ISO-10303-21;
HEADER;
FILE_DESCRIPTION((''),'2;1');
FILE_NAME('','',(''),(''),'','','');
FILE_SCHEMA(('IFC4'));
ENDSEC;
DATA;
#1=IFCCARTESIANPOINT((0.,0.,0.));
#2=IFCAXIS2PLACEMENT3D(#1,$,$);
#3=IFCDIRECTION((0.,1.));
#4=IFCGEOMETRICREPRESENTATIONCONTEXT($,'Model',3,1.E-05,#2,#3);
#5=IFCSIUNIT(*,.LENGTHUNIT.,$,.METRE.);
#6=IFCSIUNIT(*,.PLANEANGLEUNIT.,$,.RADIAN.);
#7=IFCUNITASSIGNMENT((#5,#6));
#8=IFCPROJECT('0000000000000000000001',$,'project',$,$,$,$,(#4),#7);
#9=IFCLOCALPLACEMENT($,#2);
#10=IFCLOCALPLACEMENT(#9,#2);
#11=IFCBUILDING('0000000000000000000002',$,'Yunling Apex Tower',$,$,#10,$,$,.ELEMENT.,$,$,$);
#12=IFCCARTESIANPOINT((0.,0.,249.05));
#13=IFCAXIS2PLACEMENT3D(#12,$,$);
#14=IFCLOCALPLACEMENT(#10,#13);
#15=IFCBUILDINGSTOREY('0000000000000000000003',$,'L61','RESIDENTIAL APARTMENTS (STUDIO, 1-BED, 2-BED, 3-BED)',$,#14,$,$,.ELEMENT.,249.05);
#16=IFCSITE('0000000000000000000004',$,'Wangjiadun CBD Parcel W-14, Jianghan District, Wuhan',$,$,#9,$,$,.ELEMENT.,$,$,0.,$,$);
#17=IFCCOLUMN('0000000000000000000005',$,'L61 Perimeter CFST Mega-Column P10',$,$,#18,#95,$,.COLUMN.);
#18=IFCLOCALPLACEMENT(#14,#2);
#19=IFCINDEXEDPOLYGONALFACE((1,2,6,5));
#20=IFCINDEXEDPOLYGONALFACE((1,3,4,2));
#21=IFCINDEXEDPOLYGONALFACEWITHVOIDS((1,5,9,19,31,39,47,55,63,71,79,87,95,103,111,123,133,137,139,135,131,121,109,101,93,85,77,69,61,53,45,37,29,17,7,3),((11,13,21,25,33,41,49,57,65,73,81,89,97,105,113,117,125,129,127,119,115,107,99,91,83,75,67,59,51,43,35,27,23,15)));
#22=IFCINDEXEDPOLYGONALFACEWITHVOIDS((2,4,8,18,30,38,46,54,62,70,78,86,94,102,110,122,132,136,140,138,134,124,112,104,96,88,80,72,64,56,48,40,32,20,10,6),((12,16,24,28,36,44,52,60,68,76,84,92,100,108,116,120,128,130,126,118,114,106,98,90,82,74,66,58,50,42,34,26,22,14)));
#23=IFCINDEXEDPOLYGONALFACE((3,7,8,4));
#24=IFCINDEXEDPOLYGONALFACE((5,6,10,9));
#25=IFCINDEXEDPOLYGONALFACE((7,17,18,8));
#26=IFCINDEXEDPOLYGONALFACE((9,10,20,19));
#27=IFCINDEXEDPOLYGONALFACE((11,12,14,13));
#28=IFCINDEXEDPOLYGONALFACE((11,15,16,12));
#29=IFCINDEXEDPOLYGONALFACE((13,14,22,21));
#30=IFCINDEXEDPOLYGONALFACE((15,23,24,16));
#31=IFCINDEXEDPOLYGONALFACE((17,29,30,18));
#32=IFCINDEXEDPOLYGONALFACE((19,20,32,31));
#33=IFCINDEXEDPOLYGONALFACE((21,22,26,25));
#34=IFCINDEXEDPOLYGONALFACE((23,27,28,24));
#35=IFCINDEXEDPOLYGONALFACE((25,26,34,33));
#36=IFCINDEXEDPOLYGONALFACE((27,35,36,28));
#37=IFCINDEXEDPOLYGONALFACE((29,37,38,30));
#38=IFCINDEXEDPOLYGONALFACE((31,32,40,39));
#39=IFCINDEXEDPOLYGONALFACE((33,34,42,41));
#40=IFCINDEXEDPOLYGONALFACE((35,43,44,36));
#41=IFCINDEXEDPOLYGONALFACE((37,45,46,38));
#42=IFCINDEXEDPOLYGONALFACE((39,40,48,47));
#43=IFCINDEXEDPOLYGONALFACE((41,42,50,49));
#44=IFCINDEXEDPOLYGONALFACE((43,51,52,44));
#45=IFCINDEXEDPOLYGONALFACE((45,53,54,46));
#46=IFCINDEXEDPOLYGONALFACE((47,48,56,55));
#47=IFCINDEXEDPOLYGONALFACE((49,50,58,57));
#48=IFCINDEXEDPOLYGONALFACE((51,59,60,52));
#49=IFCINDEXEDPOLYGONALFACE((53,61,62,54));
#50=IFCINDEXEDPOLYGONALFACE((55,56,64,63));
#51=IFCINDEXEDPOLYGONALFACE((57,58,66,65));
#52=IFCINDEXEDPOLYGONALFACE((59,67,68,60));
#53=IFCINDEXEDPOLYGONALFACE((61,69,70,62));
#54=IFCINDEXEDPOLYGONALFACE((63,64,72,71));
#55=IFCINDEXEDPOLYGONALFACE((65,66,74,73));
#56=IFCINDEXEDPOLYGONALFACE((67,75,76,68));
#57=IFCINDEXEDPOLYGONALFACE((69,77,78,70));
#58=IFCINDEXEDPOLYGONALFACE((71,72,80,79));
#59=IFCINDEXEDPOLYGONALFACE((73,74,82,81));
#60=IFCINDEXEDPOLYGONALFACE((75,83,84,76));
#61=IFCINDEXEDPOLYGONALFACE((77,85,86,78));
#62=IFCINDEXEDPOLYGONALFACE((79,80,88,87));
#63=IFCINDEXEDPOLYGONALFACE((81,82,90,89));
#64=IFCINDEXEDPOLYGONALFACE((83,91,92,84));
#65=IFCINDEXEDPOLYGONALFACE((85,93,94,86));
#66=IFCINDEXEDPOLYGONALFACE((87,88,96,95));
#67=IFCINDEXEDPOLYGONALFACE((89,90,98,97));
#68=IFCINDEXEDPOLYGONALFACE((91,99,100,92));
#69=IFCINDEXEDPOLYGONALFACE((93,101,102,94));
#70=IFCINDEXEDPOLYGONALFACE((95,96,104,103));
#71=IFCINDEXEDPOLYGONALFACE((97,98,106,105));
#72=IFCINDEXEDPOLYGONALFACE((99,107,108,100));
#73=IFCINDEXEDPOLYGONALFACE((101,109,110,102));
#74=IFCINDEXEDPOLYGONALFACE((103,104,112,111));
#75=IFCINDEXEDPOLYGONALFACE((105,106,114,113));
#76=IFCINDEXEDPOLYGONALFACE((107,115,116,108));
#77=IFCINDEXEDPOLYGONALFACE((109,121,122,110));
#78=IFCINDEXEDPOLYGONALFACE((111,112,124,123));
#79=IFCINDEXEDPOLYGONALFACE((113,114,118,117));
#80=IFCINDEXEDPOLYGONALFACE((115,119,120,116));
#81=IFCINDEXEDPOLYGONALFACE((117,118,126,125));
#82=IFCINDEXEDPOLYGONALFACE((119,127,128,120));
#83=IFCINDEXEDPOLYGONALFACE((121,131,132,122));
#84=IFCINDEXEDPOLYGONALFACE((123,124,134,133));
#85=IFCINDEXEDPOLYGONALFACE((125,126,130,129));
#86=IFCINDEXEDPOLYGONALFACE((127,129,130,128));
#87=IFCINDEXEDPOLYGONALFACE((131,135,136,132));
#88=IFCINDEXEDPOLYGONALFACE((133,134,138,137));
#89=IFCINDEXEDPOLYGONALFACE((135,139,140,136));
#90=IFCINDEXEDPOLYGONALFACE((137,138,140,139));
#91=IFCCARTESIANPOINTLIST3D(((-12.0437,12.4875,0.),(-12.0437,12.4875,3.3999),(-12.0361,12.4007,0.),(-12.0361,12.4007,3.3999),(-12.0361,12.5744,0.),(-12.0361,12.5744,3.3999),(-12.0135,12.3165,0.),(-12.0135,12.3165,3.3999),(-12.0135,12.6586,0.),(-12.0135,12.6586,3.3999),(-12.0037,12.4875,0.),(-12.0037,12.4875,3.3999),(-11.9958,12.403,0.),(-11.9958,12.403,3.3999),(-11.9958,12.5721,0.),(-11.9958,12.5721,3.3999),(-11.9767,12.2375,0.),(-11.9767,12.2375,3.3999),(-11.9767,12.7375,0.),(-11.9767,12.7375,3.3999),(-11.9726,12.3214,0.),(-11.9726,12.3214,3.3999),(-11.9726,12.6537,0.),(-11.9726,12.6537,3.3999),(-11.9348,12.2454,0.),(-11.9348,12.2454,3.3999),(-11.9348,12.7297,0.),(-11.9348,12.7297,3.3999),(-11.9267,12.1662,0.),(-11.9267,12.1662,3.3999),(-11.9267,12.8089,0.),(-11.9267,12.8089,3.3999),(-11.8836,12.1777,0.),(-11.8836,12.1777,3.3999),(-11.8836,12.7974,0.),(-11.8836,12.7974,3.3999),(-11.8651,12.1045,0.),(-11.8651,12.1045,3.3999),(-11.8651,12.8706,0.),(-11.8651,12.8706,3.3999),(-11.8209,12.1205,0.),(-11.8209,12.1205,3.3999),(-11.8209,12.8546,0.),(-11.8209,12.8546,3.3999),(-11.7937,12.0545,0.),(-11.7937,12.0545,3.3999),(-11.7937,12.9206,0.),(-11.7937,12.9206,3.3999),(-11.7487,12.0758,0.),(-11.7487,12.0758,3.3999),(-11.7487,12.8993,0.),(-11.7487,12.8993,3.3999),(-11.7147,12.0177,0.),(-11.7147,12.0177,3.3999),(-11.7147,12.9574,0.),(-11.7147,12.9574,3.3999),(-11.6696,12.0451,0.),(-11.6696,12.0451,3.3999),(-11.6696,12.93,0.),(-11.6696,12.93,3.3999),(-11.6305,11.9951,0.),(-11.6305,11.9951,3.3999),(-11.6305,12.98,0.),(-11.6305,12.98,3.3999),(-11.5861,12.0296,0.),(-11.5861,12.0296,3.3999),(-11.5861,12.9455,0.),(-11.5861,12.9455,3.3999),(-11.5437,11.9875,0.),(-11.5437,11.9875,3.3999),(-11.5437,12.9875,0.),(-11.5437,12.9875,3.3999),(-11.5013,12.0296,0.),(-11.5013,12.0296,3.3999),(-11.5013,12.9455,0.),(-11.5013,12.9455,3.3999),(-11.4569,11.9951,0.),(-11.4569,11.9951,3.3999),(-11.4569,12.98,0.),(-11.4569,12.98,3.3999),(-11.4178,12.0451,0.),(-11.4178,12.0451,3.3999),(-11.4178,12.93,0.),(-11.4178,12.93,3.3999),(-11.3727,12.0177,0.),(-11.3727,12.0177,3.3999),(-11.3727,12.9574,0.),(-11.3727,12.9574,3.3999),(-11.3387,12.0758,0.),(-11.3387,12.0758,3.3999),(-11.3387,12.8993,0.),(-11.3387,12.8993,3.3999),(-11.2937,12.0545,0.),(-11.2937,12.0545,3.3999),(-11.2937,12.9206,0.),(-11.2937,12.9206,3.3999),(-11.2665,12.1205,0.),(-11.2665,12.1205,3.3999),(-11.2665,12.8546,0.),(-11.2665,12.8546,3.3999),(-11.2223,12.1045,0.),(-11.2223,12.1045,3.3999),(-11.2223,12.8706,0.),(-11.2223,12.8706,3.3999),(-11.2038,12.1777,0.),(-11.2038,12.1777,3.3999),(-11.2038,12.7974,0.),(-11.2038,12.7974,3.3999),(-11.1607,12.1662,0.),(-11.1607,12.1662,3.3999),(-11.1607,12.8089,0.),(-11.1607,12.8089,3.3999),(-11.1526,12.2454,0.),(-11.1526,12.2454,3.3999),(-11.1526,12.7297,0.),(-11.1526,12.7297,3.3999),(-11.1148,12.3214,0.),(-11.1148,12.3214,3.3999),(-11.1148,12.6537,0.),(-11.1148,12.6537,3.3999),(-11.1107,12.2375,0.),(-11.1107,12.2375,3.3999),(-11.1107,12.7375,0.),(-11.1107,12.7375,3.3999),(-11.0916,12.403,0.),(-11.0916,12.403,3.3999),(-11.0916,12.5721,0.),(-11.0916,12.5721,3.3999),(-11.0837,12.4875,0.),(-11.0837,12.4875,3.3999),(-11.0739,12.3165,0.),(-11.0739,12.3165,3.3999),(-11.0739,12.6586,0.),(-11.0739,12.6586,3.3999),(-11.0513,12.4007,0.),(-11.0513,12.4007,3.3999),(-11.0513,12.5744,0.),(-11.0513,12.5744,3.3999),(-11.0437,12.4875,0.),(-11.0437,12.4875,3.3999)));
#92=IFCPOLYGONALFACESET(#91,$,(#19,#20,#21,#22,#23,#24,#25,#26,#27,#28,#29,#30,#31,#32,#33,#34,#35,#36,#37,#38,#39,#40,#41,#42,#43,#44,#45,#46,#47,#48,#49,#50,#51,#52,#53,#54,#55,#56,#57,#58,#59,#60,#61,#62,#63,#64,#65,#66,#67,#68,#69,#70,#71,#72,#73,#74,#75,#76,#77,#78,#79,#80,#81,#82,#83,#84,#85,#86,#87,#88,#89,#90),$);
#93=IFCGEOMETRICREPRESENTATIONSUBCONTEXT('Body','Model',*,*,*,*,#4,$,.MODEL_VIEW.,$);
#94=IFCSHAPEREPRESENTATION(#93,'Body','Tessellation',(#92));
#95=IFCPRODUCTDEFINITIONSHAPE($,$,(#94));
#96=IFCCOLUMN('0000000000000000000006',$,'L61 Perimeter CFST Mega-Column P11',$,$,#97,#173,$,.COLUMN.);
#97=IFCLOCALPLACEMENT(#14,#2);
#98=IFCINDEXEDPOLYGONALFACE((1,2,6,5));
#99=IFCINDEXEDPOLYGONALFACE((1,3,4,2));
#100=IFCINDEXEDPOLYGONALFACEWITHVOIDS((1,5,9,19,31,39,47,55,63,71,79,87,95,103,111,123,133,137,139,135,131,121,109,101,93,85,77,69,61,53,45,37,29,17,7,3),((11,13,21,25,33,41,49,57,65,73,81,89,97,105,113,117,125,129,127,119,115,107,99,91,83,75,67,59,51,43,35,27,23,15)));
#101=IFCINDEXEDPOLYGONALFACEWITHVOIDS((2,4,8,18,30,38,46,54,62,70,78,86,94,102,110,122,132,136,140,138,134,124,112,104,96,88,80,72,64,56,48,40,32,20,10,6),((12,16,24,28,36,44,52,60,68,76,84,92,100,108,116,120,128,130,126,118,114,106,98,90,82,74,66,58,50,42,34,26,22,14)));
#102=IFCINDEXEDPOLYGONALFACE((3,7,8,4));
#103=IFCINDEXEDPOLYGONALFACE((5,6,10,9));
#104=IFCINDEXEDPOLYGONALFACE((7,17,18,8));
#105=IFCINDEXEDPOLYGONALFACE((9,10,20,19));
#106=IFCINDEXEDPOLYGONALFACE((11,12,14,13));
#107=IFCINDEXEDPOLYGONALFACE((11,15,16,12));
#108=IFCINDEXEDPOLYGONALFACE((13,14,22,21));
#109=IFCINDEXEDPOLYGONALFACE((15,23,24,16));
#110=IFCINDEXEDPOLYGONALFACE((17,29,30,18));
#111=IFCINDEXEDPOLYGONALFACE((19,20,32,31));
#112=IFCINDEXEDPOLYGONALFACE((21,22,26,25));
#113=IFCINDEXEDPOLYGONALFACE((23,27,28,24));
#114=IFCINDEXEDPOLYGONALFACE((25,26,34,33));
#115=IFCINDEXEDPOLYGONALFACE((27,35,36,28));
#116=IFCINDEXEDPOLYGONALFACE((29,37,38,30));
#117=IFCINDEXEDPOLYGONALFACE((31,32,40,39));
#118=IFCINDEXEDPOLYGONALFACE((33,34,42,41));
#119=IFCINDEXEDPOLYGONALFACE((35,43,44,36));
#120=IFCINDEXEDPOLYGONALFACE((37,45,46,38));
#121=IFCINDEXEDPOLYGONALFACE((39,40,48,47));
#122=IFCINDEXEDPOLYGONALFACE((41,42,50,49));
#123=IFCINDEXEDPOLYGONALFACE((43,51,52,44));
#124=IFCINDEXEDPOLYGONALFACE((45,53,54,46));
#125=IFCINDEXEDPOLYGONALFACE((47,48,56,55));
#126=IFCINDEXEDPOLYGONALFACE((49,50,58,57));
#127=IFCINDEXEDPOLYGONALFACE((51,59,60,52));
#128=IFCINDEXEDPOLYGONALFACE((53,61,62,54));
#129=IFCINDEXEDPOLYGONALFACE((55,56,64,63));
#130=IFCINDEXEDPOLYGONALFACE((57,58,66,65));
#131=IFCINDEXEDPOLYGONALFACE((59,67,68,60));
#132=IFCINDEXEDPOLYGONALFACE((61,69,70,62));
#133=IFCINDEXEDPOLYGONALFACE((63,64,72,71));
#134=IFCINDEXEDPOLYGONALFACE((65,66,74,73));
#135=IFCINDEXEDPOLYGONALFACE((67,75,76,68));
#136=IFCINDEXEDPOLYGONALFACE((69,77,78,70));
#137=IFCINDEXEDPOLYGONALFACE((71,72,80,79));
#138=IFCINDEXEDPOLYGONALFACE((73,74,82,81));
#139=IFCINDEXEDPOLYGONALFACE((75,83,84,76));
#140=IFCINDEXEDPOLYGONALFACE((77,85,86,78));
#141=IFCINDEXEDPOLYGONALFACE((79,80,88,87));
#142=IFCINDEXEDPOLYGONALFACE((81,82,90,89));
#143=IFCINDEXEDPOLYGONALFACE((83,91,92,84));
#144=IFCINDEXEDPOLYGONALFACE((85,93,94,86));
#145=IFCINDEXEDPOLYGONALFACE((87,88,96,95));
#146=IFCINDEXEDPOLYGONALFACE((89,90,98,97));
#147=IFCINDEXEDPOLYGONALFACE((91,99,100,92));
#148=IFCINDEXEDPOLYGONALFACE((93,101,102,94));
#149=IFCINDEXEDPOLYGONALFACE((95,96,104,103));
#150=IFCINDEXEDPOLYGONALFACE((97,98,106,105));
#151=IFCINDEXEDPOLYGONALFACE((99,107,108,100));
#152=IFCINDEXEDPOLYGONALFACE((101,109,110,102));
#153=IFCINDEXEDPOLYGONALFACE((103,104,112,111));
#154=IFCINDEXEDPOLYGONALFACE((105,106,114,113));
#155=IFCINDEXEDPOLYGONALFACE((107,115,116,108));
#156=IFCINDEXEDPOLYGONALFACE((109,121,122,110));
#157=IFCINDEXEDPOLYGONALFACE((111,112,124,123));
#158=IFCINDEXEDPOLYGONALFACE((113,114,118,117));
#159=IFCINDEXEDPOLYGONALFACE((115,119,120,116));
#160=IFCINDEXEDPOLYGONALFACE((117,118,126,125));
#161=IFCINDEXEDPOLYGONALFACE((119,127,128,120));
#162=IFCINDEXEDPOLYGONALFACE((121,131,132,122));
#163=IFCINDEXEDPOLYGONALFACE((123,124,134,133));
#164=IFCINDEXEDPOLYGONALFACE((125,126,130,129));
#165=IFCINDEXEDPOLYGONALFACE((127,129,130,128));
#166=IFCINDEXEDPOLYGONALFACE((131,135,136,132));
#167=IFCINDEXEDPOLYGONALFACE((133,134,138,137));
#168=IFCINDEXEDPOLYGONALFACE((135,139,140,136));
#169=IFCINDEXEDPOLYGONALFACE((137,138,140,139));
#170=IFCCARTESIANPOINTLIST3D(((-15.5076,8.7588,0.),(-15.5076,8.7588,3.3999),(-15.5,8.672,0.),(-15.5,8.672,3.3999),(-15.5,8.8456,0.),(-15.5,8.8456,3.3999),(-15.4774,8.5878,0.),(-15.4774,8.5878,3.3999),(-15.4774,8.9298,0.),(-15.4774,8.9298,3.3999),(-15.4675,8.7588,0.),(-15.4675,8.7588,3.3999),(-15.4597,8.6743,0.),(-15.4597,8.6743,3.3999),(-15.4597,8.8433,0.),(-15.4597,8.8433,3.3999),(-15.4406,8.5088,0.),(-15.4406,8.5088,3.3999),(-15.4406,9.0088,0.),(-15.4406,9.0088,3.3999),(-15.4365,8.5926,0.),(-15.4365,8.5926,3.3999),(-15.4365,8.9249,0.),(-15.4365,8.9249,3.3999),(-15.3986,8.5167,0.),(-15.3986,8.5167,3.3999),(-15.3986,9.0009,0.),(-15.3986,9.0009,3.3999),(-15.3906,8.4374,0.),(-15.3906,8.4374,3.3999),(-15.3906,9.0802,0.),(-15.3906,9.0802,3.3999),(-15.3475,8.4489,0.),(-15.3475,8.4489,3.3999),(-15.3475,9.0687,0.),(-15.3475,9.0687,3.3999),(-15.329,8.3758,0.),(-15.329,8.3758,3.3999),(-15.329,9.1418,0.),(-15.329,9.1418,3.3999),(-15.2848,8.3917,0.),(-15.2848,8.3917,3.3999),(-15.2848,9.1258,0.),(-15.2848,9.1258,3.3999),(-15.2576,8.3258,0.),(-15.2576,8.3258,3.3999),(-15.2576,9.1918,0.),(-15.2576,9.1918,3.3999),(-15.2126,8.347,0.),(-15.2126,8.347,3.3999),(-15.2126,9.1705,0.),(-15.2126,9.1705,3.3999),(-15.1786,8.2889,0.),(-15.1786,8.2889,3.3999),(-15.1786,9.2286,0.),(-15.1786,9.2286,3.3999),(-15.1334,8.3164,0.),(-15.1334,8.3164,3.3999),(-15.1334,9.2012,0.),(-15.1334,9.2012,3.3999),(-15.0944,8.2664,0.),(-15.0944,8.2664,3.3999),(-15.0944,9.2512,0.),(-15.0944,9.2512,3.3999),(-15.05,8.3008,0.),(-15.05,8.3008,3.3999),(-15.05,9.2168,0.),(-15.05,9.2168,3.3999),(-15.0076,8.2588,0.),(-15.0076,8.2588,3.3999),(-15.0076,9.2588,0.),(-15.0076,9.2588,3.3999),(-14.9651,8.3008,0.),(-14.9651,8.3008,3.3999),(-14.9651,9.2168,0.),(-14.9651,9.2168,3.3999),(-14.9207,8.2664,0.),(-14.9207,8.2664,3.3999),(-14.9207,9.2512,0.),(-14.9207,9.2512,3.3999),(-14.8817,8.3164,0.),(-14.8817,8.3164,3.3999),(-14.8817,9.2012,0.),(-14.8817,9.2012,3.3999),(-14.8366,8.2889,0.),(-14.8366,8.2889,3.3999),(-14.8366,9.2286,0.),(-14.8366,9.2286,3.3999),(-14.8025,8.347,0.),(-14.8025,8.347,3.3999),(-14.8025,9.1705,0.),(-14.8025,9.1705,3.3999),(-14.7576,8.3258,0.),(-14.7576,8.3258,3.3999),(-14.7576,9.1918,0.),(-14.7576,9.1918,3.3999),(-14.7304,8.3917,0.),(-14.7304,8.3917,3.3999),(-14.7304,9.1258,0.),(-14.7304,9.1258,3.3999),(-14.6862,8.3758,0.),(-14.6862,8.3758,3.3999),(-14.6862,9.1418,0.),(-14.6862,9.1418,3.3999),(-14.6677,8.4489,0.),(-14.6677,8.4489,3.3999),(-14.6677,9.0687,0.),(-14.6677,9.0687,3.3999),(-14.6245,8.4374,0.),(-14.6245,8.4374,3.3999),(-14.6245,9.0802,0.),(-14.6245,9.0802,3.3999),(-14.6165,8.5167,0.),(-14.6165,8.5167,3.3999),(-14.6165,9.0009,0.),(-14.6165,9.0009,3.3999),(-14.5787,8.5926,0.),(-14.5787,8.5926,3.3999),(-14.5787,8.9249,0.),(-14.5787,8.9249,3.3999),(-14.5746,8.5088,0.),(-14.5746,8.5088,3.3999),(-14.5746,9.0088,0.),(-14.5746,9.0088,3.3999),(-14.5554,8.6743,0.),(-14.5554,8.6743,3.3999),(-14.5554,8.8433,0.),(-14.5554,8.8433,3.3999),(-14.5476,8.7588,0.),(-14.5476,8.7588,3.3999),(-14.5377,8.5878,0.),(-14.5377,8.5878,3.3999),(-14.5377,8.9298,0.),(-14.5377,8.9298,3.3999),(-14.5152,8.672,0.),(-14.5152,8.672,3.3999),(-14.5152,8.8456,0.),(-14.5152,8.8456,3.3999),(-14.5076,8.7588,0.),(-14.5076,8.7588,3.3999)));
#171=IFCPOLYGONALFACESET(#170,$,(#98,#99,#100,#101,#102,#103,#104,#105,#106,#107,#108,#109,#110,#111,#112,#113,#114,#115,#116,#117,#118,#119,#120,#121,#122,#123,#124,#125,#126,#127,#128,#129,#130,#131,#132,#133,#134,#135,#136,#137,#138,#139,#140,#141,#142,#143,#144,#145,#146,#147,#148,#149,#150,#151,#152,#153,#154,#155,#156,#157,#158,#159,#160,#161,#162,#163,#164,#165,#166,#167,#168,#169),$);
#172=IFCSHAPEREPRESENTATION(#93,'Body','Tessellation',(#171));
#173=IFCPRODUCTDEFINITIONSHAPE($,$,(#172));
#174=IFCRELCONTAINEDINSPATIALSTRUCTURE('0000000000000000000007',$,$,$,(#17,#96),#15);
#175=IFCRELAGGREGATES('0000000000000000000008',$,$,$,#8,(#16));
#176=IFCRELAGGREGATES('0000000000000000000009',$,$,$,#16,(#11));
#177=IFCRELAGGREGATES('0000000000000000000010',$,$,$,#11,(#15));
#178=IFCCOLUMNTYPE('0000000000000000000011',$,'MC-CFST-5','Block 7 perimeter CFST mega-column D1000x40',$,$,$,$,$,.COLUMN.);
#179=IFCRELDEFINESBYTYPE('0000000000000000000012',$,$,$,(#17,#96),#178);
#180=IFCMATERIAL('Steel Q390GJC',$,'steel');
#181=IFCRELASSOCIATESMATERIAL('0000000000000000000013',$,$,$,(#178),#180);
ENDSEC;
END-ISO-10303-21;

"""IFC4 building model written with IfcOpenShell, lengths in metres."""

from ifc_helpers import new_model, si_unit, direction, frame, origin, origin_2d, place, context, subcontext, project, spatial, hollow_circle, extrude, source, transform, mapped, material, material_profile, profile_set, type_object, element, save


model = new_model("IFC4")

# Units and contexts
model_context = context("Model", 3, precision=1e-05, world=origin(), true_north=direction((0.0, 1.0)))
body_context = subcontext(model_context, "Body", "Model", "MODEL_VIEW")
ifc_project = project(units=[si_unit("LENGTHUNIT", "METRE"), si_unit("PLANEANGLEUNIT", "RADIAN")], contexts=[model_context])

# Site, building, storey
site_placement = place(None, origin())
site = spatial("IfcSite", under=ifc_project, at=site_placement, Name="Wangjiadun CBD Parcel W-14, Jianghan District, Wuhan", CompositionType="ELEMENT", RefElevation=0.0)
building_placement = place(site_placement, origin())
building = spatial("IfcBuilding", under=site, at=building_placement, Name="Yunling Apex Tower", CompositionType="ELEMENT")
storey_placement = place(building_placement, frame((0.0, 0.0, 249.05)))
storey = spatial("IfcBuildingStorey", under=building, at=storey_placement, Name="L61", Description="RESIDENTIAL APARTMENTS (STUDIO, 1-BED, 2-BED, 3-BED)", CompositionType="ELEMENT", Elevation=249.05)

# Columns
ifc_material_1 = material(Name="Steel Q390GJC", Category="steel")
ifc_material_profile_1 = material_profile(ifc_material_1, hollow_circle(Radius=0.5, WallThickness=0.04, at=origin_2d()))
ifc_profile_set_1 = profile_set([ifc_material_profile_1], Name="Steel Q390GJC")
column_type = type_object("IfcColumnType", Name="MC-CFST-5", Description="Block 7 perimeter CFST mega-column D1000x40", PredefinedType="COLUMN", material=ifc_profile_set_1)
shared_shape_1 = source(origin(), body_context, "Body", "SweptSolid", [
    extrude(hollow_circle(Radius=0.5, WallThickness=0.04, at=origin_2d()), origin(), (0.0, 0.0, 1.0), 3.3999),
])
for number, where, z_axis, x_axis, name in (
    (1, (-11.5437, 12.4875, 0.0), (0.0, 0.0, 1.0), (1.0, 0.0, 0.0), "L61 Perimeter CFST Mega-Column P10"),
    (2, (-15.0076, 8.7588, 0.0), (0.0, 0.0, 1.0), (1.0, 0.0, 0.0), "L61 Perimeter CFST Mega-Column P11"),
):
    element("IfcColumn", number, at=place(storey_placement, frame(where, z_axis=z_axis, x_axis=x_axis)), inside=storey, type_object=column_type, Name=name, PredefinedType="COLUMN", context=body_context, shape_type="MappedRepresentation", body=[
        mapped(shared_shape_1, transform((0.0, 0.0, 0.0), scale=1.0)),
    ])

save(model, "model.ifc")
